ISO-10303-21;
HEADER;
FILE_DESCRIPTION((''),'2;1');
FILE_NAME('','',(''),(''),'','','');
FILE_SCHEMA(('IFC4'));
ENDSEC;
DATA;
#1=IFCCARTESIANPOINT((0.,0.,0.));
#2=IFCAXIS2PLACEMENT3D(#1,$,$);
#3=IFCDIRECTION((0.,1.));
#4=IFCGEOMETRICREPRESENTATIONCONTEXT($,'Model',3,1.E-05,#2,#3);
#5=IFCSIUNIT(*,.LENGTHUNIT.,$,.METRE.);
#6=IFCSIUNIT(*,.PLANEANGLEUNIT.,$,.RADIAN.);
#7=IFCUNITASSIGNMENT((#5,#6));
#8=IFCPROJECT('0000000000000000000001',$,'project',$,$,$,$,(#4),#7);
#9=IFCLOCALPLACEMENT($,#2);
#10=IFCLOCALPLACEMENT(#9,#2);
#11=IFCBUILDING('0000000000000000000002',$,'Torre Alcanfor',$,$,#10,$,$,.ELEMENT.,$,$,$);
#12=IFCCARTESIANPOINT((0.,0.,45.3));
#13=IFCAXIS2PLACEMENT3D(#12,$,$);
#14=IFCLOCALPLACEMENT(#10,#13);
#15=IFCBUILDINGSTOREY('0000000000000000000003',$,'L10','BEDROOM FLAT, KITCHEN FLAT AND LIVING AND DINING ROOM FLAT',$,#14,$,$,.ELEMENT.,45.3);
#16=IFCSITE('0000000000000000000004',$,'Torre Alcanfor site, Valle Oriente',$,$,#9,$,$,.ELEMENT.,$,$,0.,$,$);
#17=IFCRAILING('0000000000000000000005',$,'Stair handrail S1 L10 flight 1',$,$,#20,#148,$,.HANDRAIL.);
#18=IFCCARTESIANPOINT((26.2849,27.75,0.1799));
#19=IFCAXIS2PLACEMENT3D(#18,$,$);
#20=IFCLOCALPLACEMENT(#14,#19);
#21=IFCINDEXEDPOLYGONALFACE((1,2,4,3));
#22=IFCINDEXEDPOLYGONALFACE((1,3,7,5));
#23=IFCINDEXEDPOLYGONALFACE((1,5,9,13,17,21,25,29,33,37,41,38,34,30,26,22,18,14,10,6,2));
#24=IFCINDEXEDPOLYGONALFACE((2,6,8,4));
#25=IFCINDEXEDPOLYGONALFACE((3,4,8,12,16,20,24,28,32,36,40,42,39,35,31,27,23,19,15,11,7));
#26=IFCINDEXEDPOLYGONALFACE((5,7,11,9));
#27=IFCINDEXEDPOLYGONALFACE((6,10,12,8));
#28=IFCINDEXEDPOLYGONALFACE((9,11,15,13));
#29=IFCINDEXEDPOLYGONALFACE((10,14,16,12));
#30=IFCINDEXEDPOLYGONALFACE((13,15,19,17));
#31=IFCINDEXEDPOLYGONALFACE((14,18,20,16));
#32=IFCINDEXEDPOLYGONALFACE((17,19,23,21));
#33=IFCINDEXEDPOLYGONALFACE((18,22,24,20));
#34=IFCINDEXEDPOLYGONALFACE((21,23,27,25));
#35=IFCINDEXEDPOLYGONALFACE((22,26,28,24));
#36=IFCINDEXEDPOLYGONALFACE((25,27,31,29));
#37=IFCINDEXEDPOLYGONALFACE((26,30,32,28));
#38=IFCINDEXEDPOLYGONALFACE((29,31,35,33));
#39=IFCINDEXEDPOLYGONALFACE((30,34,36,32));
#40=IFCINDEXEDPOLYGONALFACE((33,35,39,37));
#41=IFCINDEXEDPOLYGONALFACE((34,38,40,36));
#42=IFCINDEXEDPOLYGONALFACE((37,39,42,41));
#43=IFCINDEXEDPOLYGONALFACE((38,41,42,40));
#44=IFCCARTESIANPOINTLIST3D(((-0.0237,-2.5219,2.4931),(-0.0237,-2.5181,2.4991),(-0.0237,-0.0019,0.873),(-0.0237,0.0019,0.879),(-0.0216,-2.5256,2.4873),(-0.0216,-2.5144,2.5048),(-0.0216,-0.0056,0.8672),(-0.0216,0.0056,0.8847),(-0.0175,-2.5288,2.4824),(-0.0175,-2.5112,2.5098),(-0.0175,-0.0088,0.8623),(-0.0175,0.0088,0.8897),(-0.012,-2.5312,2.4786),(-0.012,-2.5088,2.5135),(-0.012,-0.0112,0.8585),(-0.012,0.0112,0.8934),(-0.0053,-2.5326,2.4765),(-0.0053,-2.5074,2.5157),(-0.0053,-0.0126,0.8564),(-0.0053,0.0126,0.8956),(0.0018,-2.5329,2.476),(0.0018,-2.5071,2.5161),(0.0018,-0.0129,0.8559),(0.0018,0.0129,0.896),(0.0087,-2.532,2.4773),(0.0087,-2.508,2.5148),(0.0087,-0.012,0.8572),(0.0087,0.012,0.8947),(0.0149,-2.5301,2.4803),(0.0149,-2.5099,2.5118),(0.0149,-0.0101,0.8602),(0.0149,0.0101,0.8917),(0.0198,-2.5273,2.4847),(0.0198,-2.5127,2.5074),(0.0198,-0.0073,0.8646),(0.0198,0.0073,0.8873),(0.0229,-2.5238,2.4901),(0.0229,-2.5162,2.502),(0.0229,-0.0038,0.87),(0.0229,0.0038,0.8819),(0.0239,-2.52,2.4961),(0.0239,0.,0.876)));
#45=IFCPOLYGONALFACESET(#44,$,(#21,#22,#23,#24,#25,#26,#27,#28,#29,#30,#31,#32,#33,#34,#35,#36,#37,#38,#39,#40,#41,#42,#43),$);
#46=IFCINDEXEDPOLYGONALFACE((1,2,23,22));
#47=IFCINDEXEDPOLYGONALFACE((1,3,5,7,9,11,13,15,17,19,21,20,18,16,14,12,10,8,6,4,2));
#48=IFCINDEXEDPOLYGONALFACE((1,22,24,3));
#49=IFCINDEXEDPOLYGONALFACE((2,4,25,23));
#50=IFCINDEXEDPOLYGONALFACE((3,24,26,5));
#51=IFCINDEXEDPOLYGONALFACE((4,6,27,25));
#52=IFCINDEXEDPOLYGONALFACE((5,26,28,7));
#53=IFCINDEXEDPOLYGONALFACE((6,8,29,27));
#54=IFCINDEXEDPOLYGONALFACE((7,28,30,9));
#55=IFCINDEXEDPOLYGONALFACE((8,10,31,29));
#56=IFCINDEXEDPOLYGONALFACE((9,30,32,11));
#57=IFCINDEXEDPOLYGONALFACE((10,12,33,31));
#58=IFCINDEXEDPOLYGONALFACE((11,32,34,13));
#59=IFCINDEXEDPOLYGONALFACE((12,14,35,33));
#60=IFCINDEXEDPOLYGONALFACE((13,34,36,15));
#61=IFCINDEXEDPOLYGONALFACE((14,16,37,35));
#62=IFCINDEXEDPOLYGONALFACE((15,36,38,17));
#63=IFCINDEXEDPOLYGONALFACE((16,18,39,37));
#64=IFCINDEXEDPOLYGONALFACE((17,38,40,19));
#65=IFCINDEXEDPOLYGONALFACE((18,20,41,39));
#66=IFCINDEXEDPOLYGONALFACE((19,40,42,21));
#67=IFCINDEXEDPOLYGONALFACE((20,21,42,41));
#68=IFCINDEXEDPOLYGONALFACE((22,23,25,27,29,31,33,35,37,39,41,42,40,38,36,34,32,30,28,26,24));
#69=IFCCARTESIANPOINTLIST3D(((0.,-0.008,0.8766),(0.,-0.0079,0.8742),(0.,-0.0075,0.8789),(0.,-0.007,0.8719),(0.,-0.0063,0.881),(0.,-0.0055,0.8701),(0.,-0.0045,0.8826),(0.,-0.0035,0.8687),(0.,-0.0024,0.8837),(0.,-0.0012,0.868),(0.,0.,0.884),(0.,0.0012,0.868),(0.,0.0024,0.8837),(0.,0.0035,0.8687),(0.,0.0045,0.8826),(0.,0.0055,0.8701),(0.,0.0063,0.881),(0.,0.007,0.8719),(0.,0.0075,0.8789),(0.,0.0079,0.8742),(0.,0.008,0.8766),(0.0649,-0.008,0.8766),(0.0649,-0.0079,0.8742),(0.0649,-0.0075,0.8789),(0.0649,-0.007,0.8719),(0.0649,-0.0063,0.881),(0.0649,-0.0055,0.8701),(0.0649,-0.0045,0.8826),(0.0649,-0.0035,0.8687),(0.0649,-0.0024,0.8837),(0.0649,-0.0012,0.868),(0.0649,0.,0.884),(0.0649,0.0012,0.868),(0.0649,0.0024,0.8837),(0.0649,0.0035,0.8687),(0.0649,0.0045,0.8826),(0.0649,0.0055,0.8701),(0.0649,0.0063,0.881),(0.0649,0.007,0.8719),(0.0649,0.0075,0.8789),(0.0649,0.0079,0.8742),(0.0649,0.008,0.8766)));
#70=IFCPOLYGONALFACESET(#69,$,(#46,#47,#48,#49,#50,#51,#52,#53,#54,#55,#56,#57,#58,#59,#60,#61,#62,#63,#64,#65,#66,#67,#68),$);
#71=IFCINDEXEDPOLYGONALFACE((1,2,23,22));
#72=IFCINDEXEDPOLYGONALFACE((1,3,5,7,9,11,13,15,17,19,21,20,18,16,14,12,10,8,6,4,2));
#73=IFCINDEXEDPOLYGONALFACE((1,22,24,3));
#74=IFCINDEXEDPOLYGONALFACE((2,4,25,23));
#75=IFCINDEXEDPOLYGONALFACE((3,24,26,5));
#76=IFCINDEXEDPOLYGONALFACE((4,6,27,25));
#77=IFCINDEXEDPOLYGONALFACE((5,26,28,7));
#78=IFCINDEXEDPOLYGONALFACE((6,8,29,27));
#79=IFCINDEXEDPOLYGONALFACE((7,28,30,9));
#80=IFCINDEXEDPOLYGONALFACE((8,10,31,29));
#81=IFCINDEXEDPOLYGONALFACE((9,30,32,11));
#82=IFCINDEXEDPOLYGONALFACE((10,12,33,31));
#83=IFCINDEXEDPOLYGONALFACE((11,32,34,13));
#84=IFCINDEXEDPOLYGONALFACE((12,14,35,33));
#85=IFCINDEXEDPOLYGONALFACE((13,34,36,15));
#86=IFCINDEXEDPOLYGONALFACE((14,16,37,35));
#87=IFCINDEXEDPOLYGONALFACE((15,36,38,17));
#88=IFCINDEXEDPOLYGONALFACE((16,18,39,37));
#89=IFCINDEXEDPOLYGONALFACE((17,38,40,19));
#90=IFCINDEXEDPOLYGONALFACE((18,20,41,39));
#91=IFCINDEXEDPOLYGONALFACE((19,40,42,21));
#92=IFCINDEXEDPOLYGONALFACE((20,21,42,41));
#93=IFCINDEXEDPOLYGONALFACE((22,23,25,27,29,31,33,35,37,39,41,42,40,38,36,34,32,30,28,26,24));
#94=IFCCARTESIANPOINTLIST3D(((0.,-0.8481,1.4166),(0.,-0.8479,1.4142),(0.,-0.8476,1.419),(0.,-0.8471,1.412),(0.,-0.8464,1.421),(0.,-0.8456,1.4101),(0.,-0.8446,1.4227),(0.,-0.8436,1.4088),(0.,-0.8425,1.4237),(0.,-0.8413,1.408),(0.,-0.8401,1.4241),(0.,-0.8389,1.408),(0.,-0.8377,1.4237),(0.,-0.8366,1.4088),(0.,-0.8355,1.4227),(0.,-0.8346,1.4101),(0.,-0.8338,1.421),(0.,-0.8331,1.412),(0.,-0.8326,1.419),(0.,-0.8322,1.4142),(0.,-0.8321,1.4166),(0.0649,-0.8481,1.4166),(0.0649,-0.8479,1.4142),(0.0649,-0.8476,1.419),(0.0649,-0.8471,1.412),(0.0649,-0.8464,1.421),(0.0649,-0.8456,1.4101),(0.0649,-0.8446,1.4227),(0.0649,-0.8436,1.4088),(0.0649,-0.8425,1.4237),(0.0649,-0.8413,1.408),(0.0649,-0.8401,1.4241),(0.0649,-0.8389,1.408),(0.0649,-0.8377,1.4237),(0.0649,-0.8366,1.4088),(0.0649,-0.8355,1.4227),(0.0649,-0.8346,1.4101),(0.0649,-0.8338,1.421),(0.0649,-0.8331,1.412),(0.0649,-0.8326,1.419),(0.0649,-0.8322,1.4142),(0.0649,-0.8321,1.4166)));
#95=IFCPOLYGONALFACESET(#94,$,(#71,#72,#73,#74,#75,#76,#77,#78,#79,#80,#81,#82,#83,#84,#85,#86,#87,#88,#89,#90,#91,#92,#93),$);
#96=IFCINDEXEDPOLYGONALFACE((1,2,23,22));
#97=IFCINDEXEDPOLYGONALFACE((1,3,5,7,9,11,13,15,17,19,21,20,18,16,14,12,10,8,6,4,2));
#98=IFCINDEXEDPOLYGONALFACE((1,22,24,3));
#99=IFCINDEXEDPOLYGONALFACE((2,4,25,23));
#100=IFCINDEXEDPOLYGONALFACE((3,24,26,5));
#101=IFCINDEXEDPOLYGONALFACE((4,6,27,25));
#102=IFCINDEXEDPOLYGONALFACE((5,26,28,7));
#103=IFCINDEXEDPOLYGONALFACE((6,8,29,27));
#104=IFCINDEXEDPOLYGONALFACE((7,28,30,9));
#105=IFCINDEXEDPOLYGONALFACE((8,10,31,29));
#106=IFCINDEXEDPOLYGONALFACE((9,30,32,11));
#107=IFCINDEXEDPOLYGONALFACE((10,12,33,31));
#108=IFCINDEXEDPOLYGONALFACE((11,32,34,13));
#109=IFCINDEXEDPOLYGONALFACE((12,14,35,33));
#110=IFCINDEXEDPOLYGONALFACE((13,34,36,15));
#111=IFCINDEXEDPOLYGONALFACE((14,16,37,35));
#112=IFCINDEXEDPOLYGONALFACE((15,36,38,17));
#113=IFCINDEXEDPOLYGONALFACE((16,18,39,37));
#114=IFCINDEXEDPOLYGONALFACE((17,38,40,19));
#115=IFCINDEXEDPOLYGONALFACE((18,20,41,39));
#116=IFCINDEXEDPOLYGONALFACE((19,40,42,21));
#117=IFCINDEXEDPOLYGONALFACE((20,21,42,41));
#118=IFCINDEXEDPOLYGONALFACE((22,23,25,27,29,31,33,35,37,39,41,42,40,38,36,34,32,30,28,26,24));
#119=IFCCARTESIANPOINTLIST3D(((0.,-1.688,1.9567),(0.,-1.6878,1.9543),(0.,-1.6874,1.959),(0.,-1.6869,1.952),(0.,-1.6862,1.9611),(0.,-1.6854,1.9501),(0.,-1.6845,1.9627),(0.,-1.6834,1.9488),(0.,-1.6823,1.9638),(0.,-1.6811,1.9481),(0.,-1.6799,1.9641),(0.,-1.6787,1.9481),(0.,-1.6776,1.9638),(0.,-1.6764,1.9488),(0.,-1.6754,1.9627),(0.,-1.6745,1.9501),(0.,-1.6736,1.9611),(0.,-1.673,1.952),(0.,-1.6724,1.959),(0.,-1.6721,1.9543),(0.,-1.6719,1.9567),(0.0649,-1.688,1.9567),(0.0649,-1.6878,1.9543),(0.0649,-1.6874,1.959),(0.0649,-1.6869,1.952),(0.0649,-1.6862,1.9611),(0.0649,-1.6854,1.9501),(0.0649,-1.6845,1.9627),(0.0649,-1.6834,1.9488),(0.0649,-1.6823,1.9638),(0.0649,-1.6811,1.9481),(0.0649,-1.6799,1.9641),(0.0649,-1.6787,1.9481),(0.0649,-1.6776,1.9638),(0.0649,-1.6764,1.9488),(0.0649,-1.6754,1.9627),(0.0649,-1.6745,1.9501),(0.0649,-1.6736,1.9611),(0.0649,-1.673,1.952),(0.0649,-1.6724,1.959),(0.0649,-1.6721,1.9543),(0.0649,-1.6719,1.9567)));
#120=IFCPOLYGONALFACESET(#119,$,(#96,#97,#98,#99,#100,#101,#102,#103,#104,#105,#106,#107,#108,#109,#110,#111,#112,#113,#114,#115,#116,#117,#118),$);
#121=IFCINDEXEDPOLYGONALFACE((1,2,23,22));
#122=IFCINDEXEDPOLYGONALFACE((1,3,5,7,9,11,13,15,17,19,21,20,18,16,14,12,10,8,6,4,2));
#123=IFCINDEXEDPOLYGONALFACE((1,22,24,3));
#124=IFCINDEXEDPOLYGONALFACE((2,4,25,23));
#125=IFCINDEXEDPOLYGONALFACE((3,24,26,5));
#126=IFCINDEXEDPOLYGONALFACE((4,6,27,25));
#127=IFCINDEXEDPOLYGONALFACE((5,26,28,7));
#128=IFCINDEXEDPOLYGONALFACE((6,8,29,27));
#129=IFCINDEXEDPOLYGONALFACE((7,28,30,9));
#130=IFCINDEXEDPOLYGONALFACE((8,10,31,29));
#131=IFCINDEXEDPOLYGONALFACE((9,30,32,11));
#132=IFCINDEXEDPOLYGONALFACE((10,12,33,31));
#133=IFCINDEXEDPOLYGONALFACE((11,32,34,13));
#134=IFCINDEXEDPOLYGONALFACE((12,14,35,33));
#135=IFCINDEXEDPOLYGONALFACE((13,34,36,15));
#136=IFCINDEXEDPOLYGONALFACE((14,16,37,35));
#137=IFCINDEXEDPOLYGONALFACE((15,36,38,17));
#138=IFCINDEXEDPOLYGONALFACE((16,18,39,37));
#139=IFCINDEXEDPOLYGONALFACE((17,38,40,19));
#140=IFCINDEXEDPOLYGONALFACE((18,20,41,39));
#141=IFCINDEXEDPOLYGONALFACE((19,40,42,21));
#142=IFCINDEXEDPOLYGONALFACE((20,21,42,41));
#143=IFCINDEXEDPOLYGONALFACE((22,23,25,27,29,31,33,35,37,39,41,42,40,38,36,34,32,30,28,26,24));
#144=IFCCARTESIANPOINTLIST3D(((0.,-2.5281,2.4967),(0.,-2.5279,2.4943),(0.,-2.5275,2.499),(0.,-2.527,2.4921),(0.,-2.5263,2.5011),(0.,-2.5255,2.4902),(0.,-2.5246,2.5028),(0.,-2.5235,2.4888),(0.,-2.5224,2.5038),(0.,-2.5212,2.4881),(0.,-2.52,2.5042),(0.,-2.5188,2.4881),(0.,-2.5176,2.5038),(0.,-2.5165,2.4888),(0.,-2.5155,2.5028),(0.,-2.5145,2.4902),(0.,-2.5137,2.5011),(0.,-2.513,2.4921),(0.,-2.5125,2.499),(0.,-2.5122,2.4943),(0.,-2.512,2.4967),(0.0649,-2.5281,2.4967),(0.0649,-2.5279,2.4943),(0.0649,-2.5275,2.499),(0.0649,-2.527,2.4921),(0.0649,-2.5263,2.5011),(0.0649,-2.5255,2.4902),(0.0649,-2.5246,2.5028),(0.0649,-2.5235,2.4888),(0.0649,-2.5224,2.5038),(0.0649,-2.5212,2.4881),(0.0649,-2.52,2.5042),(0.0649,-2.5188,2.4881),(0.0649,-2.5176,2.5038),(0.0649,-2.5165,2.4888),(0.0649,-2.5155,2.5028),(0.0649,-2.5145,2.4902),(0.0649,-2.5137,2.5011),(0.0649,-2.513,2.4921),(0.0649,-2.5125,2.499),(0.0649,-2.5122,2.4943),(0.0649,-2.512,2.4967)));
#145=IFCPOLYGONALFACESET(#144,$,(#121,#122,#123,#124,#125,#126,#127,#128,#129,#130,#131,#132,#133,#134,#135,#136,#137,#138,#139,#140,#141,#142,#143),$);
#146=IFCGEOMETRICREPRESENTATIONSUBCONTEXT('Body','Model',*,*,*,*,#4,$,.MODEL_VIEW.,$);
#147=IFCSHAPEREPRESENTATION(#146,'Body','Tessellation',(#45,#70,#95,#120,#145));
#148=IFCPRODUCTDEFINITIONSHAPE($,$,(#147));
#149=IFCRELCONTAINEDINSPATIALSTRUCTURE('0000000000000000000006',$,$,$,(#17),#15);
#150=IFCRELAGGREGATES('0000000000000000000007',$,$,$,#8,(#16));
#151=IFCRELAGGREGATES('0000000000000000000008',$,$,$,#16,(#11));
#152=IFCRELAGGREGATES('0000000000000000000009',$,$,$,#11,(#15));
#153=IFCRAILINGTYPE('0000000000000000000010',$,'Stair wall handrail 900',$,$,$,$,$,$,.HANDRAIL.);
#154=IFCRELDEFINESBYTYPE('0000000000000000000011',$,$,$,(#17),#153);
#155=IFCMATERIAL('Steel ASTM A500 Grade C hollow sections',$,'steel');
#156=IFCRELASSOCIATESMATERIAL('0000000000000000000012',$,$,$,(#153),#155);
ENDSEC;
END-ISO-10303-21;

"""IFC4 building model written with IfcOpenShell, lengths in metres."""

from ifc_helpers import new_model, si_unit, direction, frame, origin, origin_2d, place, context, subcontext, project, spatial, circle, extrude, material, type_object, element, save


model = new_model("IFC4")

# Units and contexts
model_context = context("Model", 3, precision=1e-05, world=origin(), true_north=direction((0.0, 1.0)))
body_context = subcontext(model_context, "Body", "Model", "MODEL_VIEW")
ifc_project = project(units=[si_unit("LENGTHUNIT", "METRE"), si_unit("PLANEANGLEUNIT", "RADIAN")], contexts=[model_context])

# Site, building, storey
site_placement = place(None, origin())
site = spatial("IfcSite", under=ifc_project, at=site_placement, Name="Torre Alcanfor site, Valle Oriente", CompositionType="ELEMENT", RefElevation=0.0)
building_placement = place(site_placement, origin())
building = spatial("IfcBuilding", under=site, at=building_placement, Name="Torre Alcanfor", CompositionType="ELEMENT")
storey_placement = place(building_placement, frame((0.0, 0.0, 45.3)))
storey = spatial("IfcBuildingStorey", under=building, at=storey_placement, Name="L10", Description="BEDROOM FLAT, KITCHEN FLAT AND LIVING AND DINING ROOM FLAT", CompositionType="ELEMENT", Elevation=45.3)

# Railing
ifc_material_1 = material(Name="Steel ASTM A500 Grade C hollow sections", Category="steel")
railing_type_1 = type_object("IfcRailingType", Name="Stair wall handrail 900", PredefinedType="HANDRAIL", material=ifc_material_1)
railing_1_placement = place(storey_placement, frame((26.2849, 27.75, 0.1799)))
element("IfcRailing", 1, at=railing_1_placement, inside=storey, type_object=railing_type_1, Name="Stair handrail S1 L10 flight 1", PredefinedType="HANDRAIL", context=body_context, shape_type="SweptSolid", body=[
    extrude(circle(Radius=0.0239, at=origin_2d()), frame((0.0, 0.0, 0.876), z_axis=(0.0, -0.841163, 0.540782), x_axis=(1.0, 0.0, 0.0)), (0.0, 0.0, 1.0), 2.9958),
    extrude(circle(Radius=0.0081, at=origin_2d()), frame((0.0, 0.0, 0.876), z_axis=(1.0, 0.0, 0.0), x_axis=(0.0, 0.0, 1.0)), (0.0, 0.0, 1.0), 0.0649),
    extrude(circle(Radius=0.0081, at=origin_2d()), frame((0.0, -0.8401, 1.416), z_axis=(1.0, 0.0, 0.0), x_axis=(0.0, 0.0, 1.0)), (0.0, 0.0, 1.0), 0.0649),
    extrude(circle(Radius=0.0081, at=origin_2d()), frame((0.0, -1.6799, 1.9561), z_axis=(1.0, 0.0, 0.0), x_axis=(0.0, 0.0, 1.0)), (0.0, 0.0, 1.0), 0.0649),
    extrude(circle(Radius=0.0081, at=origin_2d()), frame((0.0, -2.52, 2.4961), z_axis=(1.0, 0.0, 0.0), x_axis=(0.0, 0.0, 1.0)), (0.0, 0.0, 1.0), 0.0649),
])

save(model, "model.ifc")
